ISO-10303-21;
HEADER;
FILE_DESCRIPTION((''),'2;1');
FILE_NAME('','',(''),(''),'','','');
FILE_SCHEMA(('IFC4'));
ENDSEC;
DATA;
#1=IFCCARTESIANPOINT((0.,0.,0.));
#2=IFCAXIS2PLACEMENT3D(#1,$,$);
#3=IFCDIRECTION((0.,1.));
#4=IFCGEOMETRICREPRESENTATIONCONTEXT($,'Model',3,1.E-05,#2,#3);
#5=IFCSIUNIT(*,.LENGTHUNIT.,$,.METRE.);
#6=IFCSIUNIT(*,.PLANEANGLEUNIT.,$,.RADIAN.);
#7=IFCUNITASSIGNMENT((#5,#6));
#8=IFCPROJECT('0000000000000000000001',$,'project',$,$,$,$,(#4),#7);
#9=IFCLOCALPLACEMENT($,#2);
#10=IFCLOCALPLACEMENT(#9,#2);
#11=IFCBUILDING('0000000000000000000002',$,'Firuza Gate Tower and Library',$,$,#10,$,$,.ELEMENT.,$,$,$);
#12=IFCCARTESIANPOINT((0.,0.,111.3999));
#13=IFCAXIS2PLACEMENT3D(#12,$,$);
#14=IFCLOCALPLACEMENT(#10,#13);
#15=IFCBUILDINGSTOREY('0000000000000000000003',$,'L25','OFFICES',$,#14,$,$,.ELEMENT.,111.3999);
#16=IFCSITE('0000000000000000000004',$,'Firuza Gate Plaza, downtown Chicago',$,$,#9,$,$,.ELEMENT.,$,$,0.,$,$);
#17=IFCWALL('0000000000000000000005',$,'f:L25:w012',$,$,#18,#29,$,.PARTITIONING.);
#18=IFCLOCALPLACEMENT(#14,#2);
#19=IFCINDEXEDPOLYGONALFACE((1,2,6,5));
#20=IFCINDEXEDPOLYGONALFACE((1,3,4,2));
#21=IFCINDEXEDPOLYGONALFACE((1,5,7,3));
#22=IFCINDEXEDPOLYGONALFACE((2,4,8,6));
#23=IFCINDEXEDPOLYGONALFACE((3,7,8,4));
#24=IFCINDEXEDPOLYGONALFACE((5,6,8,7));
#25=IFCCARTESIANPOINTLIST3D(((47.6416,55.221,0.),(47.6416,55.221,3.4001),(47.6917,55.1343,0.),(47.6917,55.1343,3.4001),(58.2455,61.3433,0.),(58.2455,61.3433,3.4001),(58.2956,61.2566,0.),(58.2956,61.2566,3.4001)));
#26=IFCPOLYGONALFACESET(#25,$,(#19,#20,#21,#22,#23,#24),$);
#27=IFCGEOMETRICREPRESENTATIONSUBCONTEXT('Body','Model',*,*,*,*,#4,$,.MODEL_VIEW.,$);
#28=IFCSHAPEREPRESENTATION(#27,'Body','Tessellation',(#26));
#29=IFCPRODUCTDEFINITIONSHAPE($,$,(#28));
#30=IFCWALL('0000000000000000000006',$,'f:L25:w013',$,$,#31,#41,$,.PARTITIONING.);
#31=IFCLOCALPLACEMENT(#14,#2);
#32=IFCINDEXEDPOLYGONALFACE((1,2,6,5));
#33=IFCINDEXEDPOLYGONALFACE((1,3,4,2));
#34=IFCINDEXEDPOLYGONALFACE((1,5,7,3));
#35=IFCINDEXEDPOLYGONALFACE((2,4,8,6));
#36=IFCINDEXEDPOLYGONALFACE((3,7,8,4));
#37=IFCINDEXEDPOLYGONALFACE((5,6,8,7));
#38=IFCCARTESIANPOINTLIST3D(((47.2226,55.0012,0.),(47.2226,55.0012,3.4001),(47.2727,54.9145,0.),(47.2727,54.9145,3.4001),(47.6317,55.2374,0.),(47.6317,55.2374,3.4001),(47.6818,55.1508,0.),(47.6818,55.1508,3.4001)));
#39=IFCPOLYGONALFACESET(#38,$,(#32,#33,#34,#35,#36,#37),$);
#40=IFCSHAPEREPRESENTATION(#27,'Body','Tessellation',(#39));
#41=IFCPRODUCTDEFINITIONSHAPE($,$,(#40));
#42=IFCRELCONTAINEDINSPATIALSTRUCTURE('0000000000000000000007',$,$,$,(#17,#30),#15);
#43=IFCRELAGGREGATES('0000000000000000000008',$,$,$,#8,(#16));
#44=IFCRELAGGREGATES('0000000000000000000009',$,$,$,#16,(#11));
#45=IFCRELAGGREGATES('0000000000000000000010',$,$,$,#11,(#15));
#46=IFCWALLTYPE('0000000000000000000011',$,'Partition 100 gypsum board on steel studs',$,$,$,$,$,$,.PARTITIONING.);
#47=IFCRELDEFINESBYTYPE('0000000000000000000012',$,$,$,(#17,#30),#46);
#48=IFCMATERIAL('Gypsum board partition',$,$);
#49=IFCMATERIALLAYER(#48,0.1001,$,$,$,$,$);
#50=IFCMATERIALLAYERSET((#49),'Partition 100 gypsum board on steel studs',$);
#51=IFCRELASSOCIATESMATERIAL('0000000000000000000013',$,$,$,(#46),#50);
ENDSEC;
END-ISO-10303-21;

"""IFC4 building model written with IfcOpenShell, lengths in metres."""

from ifc_helpers import new_model, si_unit, direction, frame, frame_2d, origin, place, context, subcontext, project, spatial, rectangle, extrude, material, layer, layer_set, type_object, element, save


model = new_model("IFC4")

# Units and contexts
model_context = context("Model", 3, precision=1e-05, world=origin(), true_north=direction((0.0, 1.0)))
body_context = subcontext(model_context, "Body", "Model", "MODEL_VIEW")
ifc_project = project(units=[si_unit("LENGTHUNIT", "METRE"), si_unit("PLANEANGLEUNIT", "RADIAN")], contexts=[model_context])

# Site, building, storey
site_placement = place(None, origin())
site = spatial("IfcSite", under=ifc_project, at=site_placement, Name="Firuza Gate Plaza, downtown Chicago", CompositionType="ELEMENT", RefElevation=0.0)
building_placement = place(site_placement, origin())
building = spatial("IfcBuilding", under=site, at=building_placement, Name="Firuza Gate Tower and Library", CompositionType="ELEMENT")
storey_placement = place(building_placement, frame((0.0, 0.0, 111.3999)))
storey = spatial("IfcBuildingStorey", under=building, at=storey_placement, Name="L25", Description="OFFICES", CompositionType="ELEMENT", Elevation=111.3999)

# Walls
ifc_material_1 = material(Name="Gypsum board partition")
ifc_layer_1 = layer(ifc_material_1, 0.1001)
ifc_layer_set_1 = layer_set([ifc_layer_1], Name="Partition 100 gypsum board on steel studs")
wall_type_1 = type_object("IfcWallType", Name="Partition 100 gypsum board on steel studs", PredefinedType="PARTITIONING", material=ifc_layer_set_1)
wall_1_placement = place(storey_placement, frame((47.6667, 55.1777, 0.0), z_axis=(0.0, 0.0, 1.0), x_axis=(0.866022, 0.500006, 0.0)))
element("IfcWall", 1, at=wall_1_placement, inside=storey, type_object=wall_type_1, Name="f:L25:w012", PredefinedType="PARTITIONING", context=body_context, shape_type="SweptSolid", body=[
    extrude(rectangle(XDim=12.2444, YDim=0.1001, at=frame_2d((6.1221, 0.0))), origin(), (0.0, 0.0, 1.0), 3.4001),
])
wall_2_placement = place(storey_placement, frame((47.2476, 54.9578, 0.0), z_axis=(0.0, 0.0, 1.0), x_axis=(0.865945, 0.50014, 0.0)))
element("IfcWall", 2, at=wall_2_placement, inside=storey, type_object=wall_type_1, Name="f:L25:w013", PredefinedType="PARTITIONING", context=body_context, shape_type="SweptSolid", body=[
    extrude(rectangle(XDim=0.4724, YDim=0.1001, at=frame_2d((0.2363, 0.0))), origin(), (0.0, 0.0, 1.0), 3.4001),
])

save(model, "model.ifc")
